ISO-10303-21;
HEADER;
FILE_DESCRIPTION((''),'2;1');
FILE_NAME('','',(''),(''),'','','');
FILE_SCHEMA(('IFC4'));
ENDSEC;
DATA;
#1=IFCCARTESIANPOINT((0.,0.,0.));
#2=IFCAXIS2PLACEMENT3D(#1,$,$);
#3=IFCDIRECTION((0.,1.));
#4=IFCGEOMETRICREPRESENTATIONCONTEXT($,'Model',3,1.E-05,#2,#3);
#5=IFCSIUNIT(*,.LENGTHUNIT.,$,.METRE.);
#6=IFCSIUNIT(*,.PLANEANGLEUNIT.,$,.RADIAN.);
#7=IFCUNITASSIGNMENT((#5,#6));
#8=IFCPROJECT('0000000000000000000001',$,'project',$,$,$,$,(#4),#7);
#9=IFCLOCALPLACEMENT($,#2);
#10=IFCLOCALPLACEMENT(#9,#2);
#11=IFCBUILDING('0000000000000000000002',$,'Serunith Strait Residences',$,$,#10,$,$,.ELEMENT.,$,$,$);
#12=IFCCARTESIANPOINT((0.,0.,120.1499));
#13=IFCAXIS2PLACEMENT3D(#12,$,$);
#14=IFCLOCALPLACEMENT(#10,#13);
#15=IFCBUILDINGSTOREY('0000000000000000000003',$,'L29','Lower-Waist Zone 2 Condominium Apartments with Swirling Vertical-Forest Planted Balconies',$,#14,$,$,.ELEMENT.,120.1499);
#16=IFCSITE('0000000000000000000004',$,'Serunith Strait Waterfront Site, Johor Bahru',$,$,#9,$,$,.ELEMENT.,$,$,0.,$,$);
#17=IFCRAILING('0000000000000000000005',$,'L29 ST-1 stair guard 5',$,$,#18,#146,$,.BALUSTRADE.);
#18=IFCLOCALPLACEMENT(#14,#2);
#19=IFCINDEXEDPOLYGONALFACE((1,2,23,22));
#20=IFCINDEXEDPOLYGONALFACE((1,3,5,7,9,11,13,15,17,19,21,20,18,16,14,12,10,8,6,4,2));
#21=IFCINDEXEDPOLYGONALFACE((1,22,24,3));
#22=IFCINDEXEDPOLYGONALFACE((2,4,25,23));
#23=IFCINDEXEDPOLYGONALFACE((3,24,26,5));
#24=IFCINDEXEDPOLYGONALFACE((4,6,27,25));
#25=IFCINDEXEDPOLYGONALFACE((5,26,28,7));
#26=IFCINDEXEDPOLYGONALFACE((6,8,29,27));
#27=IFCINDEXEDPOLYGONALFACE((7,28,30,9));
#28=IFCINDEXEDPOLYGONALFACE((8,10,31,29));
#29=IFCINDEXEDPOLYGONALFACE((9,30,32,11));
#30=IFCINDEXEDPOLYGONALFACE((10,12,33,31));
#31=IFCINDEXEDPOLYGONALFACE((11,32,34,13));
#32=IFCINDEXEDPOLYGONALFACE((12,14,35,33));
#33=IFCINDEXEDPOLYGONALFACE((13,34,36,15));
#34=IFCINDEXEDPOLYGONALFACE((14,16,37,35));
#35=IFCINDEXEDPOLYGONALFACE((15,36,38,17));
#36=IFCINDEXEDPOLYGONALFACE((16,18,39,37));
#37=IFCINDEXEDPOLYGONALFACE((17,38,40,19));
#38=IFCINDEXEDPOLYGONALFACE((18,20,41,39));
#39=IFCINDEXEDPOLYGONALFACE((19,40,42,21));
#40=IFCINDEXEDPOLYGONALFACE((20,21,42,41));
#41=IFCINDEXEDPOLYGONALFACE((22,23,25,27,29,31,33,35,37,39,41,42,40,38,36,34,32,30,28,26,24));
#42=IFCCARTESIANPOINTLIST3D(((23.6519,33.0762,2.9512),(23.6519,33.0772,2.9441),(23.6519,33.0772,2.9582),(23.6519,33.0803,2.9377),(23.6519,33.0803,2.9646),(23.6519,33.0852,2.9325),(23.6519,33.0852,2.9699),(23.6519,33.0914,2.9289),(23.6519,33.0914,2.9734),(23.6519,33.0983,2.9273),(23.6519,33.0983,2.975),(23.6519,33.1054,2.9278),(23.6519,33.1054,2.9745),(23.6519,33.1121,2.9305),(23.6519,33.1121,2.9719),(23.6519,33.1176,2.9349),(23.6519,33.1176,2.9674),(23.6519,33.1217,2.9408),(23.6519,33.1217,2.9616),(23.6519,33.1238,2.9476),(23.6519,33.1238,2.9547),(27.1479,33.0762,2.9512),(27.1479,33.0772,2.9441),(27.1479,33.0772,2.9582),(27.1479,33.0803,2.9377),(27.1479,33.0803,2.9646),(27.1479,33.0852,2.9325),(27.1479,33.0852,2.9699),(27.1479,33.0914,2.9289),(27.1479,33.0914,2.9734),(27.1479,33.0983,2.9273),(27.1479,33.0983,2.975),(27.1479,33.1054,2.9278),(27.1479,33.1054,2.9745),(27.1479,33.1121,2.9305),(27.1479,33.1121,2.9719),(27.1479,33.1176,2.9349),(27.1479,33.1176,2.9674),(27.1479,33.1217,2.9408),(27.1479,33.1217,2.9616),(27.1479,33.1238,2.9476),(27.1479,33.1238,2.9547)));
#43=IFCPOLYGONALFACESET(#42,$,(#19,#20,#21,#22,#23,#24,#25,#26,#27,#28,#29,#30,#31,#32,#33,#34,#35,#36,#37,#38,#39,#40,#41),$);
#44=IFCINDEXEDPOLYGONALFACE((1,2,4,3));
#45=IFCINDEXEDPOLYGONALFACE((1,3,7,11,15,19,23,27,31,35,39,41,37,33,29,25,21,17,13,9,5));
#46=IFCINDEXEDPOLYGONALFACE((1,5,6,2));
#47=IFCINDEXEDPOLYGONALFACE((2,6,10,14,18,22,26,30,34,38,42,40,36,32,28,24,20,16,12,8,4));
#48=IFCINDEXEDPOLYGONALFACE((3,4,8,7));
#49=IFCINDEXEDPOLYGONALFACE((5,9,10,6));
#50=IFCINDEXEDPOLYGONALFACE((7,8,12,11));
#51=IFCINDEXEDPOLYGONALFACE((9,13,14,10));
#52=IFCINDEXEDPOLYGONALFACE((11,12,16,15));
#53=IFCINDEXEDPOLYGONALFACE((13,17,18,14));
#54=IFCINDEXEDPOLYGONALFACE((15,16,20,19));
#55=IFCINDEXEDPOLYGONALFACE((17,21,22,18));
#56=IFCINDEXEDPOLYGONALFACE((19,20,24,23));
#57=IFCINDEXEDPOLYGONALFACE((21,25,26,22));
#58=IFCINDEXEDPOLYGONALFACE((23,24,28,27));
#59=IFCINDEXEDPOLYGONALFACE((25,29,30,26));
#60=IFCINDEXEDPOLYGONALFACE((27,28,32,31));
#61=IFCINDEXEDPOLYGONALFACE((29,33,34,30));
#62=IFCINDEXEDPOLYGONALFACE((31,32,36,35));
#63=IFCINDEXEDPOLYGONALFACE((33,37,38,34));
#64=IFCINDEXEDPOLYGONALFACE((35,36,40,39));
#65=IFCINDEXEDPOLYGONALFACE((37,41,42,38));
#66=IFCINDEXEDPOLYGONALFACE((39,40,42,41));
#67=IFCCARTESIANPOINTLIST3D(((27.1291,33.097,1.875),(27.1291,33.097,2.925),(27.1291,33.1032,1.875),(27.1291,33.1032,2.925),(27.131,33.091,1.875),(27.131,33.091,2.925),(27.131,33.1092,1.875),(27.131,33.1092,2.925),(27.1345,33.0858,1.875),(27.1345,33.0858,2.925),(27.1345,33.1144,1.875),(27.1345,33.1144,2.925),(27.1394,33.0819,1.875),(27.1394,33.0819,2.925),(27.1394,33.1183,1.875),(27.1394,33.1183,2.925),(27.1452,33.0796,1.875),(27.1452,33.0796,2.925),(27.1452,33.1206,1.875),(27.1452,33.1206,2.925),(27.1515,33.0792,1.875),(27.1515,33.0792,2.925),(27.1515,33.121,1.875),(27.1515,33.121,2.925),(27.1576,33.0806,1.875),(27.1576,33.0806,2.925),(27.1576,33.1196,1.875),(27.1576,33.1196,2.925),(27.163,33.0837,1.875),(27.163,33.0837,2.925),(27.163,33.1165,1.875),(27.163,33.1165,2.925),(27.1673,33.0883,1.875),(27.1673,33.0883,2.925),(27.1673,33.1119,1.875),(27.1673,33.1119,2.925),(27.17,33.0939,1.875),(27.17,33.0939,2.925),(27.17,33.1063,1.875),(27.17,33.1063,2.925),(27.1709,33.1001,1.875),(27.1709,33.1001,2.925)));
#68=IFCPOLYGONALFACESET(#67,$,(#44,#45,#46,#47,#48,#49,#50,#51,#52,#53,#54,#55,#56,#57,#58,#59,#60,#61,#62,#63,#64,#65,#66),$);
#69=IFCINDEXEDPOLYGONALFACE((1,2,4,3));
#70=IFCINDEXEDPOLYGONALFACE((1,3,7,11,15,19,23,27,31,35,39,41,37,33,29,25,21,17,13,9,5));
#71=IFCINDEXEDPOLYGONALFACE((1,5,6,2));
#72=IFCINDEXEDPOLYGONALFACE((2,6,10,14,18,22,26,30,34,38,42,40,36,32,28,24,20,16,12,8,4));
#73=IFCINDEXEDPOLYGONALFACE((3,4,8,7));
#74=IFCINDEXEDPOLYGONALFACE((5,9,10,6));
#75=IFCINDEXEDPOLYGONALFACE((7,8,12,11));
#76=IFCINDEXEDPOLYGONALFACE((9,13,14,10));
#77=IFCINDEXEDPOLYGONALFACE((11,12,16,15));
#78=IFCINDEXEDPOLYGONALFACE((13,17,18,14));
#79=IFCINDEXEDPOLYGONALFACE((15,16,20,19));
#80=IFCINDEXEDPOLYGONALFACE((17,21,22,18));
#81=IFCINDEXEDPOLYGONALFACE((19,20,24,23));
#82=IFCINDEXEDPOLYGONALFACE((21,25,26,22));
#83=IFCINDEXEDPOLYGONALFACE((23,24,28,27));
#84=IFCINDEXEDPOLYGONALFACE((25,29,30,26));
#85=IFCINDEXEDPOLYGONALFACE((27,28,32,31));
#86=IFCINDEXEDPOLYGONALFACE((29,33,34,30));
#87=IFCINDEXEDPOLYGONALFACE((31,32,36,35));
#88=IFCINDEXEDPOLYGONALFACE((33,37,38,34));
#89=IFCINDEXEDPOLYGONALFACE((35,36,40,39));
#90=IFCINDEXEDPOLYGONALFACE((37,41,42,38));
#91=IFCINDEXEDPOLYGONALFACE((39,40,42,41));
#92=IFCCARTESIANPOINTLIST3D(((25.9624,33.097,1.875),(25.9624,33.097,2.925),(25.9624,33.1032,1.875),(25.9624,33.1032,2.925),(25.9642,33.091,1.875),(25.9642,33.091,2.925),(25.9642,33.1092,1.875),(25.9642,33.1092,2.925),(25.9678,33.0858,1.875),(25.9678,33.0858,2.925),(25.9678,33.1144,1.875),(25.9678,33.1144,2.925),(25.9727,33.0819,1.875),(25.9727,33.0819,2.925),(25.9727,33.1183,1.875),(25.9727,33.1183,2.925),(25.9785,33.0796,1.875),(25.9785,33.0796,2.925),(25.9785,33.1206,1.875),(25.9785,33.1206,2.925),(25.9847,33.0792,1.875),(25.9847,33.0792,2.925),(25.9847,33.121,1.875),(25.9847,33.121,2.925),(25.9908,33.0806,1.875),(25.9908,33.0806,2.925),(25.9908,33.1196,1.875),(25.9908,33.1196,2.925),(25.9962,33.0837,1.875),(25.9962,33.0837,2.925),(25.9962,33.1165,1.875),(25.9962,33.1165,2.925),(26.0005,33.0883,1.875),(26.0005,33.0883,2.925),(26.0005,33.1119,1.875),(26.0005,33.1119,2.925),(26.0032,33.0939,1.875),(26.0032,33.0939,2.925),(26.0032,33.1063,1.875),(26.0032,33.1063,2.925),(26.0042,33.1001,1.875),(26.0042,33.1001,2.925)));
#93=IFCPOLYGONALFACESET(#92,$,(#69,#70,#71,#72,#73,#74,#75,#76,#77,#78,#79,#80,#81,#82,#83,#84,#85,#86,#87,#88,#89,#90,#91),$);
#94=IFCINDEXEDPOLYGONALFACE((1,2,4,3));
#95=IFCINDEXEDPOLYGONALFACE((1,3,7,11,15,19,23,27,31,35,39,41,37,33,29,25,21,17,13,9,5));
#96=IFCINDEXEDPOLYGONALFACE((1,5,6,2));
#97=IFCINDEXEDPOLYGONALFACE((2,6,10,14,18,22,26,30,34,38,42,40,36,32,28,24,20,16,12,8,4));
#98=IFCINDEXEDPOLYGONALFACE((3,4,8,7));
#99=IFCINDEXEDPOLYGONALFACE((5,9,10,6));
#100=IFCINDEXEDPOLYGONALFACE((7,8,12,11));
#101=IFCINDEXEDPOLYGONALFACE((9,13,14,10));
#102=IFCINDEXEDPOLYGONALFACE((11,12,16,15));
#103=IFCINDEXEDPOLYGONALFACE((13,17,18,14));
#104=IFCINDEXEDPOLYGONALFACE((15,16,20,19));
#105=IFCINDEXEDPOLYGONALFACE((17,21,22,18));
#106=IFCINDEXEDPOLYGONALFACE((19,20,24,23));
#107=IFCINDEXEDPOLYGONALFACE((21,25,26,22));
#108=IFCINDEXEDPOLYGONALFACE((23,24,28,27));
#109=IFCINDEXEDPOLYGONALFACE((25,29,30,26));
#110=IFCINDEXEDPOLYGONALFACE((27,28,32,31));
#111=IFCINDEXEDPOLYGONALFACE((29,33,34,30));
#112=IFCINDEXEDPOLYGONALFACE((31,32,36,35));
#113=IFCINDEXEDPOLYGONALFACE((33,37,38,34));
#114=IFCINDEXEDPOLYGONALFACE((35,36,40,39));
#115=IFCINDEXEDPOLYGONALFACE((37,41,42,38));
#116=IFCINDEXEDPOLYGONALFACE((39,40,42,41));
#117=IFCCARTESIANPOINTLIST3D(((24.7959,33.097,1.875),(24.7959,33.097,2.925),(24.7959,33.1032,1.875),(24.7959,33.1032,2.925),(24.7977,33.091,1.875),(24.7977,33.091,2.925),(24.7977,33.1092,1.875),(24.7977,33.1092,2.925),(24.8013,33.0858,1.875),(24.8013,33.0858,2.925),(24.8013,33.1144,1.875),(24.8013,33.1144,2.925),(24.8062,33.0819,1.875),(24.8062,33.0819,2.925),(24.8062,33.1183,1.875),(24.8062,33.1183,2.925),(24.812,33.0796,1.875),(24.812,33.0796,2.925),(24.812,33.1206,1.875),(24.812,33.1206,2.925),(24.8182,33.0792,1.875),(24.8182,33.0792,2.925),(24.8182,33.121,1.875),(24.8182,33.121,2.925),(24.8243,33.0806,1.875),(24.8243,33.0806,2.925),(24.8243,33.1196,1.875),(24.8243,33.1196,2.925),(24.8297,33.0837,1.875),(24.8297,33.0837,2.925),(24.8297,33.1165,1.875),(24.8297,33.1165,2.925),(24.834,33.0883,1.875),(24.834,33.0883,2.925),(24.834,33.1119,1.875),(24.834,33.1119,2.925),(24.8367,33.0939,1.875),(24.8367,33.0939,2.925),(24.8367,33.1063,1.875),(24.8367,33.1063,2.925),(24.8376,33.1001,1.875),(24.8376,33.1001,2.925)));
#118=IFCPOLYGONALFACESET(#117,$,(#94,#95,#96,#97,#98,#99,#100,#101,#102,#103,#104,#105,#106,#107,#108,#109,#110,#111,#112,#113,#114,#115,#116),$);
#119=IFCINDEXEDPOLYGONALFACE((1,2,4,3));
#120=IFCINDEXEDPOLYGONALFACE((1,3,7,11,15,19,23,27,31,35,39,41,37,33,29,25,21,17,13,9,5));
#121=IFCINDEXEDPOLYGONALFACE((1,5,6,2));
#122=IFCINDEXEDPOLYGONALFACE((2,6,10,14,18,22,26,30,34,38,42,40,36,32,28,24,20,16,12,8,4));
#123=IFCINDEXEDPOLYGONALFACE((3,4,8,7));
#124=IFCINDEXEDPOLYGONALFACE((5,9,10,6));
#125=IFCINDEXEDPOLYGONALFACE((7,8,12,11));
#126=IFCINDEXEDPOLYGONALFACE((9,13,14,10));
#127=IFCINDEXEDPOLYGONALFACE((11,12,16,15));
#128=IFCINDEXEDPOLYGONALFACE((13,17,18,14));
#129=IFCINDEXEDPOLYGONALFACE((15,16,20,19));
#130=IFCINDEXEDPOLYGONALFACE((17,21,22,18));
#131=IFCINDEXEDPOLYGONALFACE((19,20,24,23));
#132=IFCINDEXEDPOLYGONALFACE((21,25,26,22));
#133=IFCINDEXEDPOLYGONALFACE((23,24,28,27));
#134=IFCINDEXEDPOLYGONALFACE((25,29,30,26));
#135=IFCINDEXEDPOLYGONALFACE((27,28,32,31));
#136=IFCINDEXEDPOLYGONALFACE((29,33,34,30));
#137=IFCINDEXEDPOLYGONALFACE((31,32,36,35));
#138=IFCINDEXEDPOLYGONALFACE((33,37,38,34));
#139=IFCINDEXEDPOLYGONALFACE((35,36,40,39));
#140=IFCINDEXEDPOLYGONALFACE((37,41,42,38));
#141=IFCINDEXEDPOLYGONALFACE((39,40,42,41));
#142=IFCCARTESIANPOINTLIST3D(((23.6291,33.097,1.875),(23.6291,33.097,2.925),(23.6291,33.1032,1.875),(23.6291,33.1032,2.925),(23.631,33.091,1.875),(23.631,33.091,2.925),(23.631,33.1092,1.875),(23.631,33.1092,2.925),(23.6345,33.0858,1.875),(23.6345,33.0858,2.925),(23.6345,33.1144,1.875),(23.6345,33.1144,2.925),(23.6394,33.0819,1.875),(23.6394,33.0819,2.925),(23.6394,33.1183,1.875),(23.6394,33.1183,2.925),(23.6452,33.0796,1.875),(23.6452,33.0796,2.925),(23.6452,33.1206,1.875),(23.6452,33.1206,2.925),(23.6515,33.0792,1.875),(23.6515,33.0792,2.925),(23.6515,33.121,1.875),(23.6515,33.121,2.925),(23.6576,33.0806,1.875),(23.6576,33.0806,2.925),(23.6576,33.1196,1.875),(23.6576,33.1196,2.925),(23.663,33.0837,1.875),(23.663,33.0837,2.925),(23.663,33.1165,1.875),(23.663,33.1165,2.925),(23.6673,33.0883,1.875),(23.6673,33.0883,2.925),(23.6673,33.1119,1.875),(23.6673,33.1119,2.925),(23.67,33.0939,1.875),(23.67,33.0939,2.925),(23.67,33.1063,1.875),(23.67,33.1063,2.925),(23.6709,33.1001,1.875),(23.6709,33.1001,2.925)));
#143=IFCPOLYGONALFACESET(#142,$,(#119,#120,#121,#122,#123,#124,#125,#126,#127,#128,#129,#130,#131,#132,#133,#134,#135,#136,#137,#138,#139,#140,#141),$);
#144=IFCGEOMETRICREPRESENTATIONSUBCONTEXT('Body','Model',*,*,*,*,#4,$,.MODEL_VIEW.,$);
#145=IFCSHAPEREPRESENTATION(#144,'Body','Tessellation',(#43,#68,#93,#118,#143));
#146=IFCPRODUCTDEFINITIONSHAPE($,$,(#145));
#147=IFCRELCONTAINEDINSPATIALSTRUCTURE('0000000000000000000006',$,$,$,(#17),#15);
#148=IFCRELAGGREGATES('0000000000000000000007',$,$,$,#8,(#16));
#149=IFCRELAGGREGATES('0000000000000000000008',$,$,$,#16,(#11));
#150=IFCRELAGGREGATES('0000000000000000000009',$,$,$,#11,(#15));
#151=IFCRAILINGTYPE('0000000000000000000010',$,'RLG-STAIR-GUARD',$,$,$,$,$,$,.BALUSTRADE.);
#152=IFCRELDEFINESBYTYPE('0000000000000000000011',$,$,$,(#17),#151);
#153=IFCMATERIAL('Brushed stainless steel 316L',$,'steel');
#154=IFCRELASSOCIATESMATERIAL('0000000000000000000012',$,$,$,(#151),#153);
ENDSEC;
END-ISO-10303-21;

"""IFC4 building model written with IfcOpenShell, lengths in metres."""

from ifc_helpers import new_model, si_unit, direction, frame, origin, origin_2d, place, context, subcontext, project, spatial, circle, extrude, material, type_object, element, save


model = new_model("IFC4")

# Units and contexts
model_context = context("Model", 3, precision=1e-05, world=origin(), true_north=direction((0.0, 1.0)))
body_context = subcontext(model_context, "Body", "Model", "MODEL_VIEW")
ifc_project = project(units=[si_unit("LENGTHUNIT", "METRE"), si_unit("PLANEANGLEUNIT", "RADIAN")], contexts=[model_context])

# Site, building, storey
site_placement = place(None, origin())
site = spatial("IfcSite", under=ifc_project, at=site_placement, Name="Serunith Strait Waterfront Site, Johor Bahru", CompositionType="ELEMENT", RefElevation=0.0)
building_placement = place(site_placement, origin())
building = spatial("IfcBuilding", under=site, at=building_placement, Name="Serunith Strait Residences", CompositionType="ELEMENT")
storey_placement = place(building_placement, frame((0.0, 0.0, 120.1499)))
storey = spatial("IfcBuildingStorey", under=building, at=storey_placement, Name="L29", Description="Lower-Waist Zone 2 Condominium Apartments with Swirling Vertical-Forest Planted Balconies", CompositionType="ELEMENT", Elevation=120.1499)

# Railing
ifc_material_1 = material(Name="Brushed stainless steel 316L", Category="steel")
railing_type_1 = type_object("IfcRailingType", Name="RLG-STAIR-GUARD", PredefinedType="BALUSTRADE", material=ifc_material_1)
railing_1_placement = place(storey_placement, frame((27.1499, 33.1001, 1.875)))
element("IfcRailing", 1, at=railing_1_placement, inside=storey, type_object=railing_type_1, Name="L29 ST-1 stair guard 5", PredefinedType="BALUSTRADE", context=body_context, shape_type="SweptSolid", body=[
    extrude(circle(Radius=0.0239, at=origin_2d()), frame((-0.002, 0.0, 1.0762), z_axis=(-1.0, 0.0, 0.0), x_axis=(0.0, -1.0, 0.0)), (0.0, 0.0, 1.0), 3.4961),
    extrude(circle(Radius=0.021, at=origin_2d()), origin(), (0.0, 0.0, 1.0), 1.05),
    extrude(circle(Radius=0.021, at=origin_2d()), frame((-1.1667, 0.0, 0.0)), (0.0, 0.0, 1.0), 1.05),
    extrude(circle(Radius=0.021, at=origin_2d()), frame((-2.3333, 0.0, 0.0)), (0.0, 0.0, 1.0), 1.05),
    extrude(circle(Radius=0.021, at=origin_2d()), frame((-3.5, 0.0, 0.0)), (0.0, 0.0, 1.0), 1.05),
])

save(model, "model.ifc")
